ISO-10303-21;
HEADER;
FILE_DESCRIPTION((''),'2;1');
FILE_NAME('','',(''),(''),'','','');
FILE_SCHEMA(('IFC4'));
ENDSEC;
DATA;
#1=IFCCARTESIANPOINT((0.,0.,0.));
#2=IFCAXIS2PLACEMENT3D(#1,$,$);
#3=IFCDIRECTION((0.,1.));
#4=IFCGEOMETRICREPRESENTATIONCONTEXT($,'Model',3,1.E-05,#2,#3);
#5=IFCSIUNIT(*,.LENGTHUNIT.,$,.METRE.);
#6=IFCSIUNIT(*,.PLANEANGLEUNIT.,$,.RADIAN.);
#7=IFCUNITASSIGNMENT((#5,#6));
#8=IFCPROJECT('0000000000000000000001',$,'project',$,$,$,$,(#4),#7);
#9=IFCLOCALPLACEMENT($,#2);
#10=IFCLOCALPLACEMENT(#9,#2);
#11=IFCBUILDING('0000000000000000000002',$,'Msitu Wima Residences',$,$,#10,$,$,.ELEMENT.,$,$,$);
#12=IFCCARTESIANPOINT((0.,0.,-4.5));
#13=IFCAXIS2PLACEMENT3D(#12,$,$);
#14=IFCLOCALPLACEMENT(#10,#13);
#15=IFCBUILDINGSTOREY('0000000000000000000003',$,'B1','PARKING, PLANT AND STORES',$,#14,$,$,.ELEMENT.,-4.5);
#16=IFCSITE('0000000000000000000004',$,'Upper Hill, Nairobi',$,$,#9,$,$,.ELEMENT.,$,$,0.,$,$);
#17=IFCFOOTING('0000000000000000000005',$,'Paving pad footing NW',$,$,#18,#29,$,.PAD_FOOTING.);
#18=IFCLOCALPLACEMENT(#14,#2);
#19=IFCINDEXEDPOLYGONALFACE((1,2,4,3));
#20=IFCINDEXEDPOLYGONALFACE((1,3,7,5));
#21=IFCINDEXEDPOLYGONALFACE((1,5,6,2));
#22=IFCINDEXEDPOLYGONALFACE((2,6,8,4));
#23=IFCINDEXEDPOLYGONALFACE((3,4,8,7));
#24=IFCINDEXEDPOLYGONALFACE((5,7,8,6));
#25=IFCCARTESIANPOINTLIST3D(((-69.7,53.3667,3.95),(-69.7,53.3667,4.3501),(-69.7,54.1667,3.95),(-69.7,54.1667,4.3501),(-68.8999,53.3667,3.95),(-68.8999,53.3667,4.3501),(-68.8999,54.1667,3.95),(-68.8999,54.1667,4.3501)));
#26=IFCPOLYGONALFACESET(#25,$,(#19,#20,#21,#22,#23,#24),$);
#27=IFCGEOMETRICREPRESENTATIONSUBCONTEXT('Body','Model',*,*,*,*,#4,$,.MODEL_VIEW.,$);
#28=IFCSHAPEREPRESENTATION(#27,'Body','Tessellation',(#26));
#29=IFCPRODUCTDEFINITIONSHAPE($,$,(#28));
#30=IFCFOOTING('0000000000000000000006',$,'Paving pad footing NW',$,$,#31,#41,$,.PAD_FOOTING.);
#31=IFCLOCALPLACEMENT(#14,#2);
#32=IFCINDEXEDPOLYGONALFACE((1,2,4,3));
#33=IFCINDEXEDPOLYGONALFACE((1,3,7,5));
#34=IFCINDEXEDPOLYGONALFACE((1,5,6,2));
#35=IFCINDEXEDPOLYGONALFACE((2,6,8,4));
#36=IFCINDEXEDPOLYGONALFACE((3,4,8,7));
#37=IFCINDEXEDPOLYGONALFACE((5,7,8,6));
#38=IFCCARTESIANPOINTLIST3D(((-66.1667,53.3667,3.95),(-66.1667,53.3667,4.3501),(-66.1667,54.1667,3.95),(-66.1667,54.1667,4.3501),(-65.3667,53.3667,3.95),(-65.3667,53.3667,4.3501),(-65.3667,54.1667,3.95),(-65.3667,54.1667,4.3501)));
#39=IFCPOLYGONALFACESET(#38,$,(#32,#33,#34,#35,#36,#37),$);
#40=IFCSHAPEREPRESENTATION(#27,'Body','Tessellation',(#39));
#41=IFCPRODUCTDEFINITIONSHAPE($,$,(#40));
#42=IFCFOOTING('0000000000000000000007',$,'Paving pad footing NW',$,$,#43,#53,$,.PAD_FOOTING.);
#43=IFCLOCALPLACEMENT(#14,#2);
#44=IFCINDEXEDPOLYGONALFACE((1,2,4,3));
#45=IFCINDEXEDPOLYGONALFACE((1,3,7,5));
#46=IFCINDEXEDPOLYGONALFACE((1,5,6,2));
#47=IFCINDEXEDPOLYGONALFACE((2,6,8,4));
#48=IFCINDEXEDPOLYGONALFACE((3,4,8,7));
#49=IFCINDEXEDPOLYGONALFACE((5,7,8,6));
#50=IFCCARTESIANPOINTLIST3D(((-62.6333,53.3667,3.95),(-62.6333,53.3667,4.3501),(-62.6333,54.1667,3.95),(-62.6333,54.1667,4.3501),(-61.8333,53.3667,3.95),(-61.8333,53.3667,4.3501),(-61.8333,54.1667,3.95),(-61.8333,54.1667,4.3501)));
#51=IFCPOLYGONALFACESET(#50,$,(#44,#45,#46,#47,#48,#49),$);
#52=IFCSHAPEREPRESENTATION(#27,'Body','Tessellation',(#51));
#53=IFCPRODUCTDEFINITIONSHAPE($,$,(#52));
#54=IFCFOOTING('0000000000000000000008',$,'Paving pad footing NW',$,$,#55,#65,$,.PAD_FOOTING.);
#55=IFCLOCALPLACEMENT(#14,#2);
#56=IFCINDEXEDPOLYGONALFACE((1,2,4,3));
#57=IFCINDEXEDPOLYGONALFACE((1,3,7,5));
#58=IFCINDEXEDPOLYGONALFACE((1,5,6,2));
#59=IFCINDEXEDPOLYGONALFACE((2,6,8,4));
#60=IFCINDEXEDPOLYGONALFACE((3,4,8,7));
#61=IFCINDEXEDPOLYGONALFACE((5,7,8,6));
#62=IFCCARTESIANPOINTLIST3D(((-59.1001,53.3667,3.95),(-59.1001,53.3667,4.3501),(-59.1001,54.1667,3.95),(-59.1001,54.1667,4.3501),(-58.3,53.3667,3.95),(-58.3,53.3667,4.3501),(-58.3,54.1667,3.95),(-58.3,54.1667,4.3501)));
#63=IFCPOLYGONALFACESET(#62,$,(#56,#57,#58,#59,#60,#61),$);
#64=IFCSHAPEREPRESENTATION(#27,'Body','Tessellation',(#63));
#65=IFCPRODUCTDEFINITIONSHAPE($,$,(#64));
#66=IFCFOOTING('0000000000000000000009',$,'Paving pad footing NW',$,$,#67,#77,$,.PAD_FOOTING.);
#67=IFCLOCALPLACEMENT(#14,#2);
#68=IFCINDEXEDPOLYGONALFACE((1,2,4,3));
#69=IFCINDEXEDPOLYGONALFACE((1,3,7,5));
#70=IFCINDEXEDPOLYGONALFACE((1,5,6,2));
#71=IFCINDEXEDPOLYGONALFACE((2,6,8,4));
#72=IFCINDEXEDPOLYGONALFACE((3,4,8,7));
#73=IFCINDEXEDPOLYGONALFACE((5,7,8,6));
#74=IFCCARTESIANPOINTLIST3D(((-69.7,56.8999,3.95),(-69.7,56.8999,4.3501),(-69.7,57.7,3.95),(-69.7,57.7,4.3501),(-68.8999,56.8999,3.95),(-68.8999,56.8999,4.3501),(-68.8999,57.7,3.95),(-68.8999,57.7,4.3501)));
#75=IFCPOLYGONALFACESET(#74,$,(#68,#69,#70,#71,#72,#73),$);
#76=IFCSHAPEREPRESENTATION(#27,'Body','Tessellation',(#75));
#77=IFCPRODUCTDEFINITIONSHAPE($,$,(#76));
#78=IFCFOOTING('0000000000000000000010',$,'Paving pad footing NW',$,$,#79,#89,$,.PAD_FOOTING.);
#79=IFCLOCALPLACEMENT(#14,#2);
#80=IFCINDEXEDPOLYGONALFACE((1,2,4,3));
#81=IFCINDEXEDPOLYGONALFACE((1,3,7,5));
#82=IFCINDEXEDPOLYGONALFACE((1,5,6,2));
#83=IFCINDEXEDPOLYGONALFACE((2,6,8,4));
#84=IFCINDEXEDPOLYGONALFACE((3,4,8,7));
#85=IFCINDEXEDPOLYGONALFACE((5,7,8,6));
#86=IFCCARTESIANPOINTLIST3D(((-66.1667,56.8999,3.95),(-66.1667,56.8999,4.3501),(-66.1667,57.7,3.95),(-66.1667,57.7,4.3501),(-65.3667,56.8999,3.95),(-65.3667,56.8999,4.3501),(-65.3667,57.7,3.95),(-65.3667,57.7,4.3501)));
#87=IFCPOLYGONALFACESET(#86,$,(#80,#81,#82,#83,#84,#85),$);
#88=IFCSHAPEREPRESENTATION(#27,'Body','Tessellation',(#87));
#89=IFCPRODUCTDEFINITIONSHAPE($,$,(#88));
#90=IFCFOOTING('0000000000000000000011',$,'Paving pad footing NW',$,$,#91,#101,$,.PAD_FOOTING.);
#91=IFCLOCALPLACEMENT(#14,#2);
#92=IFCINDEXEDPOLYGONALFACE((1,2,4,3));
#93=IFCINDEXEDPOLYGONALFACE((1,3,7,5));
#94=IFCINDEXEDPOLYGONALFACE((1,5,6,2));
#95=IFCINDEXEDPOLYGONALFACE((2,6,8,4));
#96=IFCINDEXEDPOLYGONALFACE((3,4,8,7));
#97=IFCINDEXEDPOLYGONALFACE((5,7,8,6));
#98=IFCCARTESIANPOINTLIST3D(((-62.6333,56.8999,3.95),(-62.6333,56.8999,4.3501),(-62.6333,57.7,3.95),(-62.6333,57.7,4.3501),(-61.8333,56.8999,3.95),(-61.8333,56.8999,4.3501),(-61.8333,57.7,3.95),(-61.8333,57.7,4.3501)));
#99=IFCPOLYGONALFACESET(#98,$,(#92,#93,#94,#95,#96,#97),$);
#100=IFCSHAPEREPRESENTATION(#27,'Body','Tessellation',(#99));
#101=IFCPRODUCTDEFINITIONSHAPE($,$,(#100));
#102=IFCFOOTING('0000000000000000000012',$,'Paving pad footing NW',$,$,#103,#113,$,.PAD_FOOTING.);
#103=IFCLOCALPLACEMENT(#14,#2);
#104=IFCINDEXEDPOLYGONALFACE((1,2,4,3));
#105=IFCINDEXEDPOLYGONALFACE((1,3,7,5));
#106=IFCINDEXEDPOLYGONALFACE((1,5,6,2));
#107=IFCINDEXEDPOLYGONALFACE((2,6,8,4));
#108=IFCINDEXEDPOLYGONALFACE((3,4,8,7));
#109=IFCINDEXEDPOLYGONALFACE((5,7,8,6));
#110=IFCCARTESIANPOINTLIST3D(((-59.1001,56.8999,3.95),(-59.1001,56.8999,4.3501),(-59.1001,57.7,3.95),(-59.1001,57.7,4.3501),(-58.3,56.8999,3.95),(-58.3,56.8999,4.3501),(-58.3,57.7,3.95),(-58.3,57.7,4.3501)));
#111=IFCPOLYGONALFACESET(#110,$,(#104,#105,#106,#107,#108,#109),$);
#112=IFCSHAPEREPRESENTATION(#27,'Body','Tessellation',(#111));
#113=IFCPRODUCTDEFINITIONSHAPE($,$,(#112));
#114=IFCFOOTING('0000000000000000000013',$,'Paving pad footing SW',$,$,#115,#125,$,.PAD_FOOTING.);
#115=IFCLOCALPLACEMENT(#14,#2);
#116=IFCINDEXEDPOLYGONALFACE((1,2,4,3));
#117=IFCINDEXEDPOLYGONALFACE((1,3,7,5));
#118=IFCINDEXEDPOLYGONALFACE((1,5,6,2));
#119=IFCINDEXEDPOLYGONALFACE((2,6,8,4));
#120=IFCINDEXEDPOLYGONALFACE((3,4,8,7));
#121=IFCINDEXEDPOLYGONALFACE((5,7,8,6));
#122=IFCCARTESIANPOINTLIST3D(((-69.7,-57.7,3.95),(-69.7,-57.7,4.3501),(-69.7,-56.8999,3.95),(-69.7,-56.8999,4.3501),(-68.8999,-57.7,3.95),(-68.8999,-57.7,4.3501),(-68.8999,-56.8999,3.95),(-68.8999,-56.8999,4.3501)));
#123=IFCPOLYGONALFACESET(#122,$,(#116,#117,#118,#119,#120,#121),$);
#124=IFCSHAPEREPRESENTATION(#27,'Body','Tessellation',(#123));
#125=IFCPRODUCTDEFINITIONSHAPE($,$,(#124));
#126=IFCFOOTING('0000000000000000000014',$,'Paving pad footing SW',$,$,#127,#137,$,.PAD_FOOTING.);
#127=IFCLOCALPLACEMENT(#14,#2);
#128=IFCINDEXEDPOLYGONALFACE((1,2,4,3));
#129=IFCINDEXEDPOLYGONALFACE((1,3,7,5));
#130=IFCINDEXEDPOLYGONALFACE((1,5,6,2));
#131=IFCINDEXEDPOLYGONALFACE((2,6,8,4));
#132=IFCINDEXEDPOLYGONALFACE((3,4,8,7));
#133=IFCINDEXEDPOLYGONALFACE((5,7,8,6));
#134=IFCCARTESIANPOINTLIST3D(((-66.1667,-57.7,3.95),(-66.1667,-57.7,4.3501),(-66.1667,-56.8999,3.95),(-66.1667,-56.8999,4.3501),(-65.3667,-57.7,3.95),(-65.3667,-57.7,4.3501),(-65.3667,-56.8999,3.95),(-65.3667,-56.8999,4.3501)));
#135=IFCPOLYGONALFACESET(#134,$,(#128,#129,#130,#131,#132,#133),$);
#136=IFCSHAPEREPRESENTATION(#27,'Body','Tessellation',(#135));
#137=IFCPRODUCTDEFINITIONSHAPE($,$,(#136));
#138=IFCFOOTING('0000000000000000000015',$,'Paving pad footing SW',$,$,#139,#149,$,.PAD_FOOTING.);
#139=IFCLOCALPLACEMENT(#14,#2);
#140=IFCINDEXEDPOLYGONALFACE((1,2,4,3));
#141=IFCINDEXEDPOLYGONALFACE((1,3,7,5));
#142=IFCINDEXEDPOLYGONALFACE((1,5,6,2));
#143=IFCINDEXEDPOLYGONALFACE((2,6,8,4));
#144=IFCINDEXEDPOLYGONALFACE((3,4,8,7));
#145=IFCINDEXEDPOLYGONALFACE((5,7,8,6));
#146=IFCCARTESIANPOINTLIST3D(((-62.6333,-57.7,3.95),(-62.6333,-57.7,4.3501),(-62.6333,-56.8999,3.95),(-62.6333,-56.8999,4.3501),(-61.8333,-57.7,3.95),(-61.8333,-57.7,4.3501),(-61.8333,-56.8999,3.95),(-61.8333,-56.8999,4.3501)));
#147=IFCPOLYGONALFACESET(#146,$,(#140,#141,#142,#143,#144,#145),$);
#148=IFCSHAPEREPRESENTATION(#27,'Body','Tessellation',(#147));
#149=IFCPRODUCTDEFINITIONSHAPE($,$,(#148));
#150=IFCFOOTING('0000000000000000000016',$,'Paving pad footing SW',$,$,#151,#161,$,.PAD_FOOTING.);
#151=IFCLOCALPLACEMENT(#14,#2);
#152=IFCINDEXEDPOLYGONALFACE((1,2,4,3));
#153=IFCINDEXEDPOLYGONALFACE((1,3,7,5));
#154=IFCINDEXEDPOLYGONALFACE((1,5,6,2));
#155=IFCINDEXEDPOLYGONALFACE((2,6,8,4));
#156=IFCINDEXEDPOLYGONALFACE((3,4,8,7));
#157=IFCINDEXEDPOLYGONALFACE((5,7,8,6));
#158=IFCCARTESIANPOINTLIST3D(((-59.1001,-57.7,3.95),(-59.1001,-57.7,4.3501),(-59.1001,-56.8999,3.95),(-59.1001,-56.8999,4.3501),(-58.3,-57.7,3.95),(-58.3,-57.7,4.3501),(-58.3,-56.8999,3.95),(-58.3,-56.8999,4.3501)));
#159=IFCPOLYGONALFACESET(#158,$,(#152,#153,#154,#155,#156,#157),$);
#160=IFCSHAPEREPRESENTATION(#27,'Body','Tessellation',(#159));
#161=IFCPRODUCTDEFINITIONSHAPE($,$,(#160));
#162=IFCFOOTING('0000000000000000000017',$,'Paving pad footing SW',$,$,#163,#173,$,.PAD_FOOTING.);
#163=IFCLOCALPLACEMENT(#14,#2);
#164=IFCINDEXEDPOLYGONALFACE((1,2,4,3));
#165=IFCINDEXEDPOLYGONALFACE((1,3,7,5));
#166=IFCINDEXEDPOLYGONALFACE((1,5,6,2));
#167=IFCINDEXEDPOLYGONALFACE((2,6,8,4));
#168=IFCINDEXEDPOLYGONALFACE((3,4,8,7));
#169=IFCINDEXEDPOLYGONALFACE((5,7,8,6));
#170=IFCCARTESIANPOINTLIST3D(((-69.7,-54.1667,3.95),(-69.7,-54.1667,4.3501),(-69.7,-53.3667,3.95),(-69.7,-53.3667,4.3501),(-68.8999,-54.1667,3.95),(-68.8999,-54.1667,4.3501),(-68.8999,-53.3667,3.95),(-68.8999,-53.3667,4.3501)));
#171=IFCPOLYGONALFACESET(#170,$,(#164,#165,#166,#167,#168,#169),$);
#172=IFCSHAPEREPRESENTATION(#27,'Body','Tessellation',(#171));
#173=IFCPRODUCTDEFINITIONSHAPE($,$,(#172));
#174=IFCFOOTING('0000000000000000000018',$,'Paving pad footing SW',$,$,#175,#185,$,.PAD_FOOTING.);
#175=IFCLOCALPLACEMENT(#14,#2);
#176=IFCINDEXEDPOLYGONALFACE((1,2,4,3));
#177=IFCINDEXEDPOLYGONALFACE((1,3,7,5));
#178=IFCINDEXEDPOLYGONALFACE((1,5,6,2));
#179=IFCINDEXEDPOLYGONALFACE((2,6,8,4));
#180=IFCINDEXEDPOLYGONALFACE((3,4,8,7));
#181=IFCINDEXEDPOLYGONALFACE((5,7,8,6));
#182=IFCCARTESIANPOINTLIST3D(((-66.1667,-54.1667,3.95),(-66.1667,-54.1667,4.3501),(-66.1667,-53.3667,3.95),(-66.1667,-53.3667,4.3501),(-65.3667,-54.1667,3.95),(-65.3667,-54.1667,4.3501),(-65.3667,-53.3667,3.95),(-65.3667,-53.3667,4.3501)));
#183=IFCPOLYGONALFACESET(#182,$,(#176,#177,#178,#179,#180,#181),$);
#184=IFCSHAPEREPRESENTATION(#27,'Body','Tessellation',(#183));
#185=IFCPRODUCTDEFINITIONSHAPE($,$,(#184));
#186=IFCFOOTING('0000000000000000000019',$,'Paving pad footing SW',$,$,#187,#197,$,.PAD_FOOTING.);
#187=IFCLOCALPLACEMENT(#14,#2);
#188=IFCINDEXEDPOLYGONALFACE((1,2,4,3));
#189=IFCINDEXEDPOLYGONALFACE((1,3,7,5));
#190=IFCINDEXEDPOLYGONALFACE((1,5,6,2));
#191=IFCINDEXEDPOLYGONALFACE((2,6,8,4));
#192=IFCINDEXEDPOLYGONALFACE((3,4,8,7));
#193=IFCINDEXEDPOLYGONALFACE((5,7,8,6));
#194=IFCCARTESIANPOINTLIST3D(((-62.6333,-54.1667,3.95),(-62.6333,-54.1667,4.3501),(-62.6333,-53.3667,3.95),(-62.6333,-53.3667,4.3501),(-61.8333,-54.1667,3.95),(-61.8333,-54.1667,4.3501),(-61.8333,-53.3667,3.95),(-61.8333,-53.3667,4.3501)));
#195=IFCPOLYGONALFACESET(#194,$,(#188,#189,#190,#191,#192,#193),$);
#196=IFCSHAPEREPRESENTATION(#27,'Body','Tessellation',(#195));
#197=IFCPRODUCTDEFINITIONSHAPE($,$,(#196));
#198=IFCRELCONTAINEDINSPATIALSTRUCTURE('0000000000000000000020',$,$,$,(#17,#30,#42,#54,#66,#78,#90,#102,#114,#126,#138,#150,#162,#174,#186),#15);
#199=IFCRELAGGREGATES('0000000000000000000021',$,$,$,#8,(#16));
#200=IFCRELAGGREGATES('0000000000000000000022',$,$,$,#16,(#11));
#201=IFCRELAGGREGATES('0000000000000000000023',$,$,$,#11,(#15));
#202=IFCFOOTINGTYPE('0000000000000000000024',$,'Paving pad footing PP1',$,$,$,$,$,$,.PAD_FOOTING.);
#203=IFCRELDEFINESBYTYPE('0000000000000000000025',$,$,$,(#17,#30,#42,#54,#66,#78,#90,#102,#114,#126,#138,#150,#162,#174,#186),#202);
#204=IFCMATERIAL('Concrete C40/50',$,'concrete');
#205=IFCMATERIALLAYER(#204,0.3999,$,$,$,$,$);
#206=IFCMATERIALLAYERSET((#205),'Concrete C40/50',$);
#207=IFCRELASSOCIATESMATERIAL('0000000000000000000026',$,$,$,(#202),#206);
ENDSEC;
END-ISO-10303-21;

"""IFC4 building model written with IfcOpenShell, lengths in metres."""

from ifc_helpers import new_model, si_unit, direction, frame, origin, place, context, subcontext, project, spatial, polyline, outline, extrude, material, layer, layer_set, type_object, element, save


model = new_model("IFC4")

# Units and contexts
model_context = context("Model", 3, precision=1e-05, world=origin(), true_north=direction((0.0, 1.0)))
body_context = subcontext(model_context, "Body", "Model", "MODEL_VIEW")
ifc_project = project(units=[si_unit("LENGTHUNIT", "METRE"), si_unit("PLANEANGLEUNIT", "RADIAN")], contexts=[model_context])

# Site, building, storey
site_placement = place(None, origin())
site = spatial("IfcSite", under=ifc_project, at=site_placement, Name="Upper Hill, Nairobi", CompositionType="ELEMENT", RefElevation=0.0)
building_placement = place(site_placement, origin())
building = spatial("IfcBuilding", under=site, at=building_placement, Name="Msitu Wima Residences", CompositionType="ELEMENT")
storey_placement = place(building_placement, frame((0.0, 0.0, -4.5)))
storey = spatial("IfcBuildingStorey", under=building, at=storey_placement, Name="B1", Description="PARKING, PLANT AND STORES", CompositionType="ELEMENT", Elevation=-4.5)

# Footings
ifc_material = material(Name="Concrete C40/50", Category="concrete")
ifc_layer = layer(ifc_material, 0.3999)
ifc_layer_set = layer_set([ifc_layer], Name="Concrete C40/50")
footing_type = type_object("IfcFootingType", Name="Paving pad footing PP1", PredefinedType="PAD_FOOTING", material=ifc_layer_set)
footing_1_placement = place(storey_placement, frame((0.0, 0.0, 3.95)))
element("IfcFooting", 1, at=footing_1_placement, inside=storey, type_object=footing_type, Name="Paving pad footing NW", PredefinedType="PAD_FOOTING", context=body_context, shape_type="SweptSolid", body=[
    extrude(outline(polyline([(-68.8999, 53.3667), (-68.8999, 54.1667), (-69.7, 54.1667), (-69.7, 53.3667), (-68.8999, 53.3667)])), origin(), (0.0, 0.0, 1.0), 0.4001),
])
footing_2_placement = place(storey_placement, frame((0.0, 0.0, 3.95)))
element("IfcFooting", 2, at=footing_2_placement, inside=storey, type_object=footing_type, Name="Paving pad footing NW", PredefinedType="PAD_FOOTING", context=body_context, shape_type="SweptSolid", body=[
    extrude(outline(polyline([(-65.3667, 53.3667), (-65.3667, 54.1667), (-66.1667, 54.1667), (-66.1667, 53.3667), (-65.3667, 53.3667)])), origin(), (0.0, 0.0, 1.0), 0.4001),
])
footing_3_placement = place(storey_placement, frame((0.0, 0.0, 3.95)))
element("IfcFooting", 3, at=footing_3_placement, inside=storey, type_object=footing_type, Name="Paving pad footing NW", PredefinedType="PAD_FOOTING", context=body_context, shape_type="SweptSolid", body=[
    extrude(outline(polyline([(-61.8333, 53.3667), (-61.8333, 54.1667), (-62.6333, 54.1667), (-62.6333, 53.3667), (-61.8333, 53.3667)])), origin(), (0.0, 0.0, 1.0), 0.4001),
])
footing_4_placement = place(storey_placement, frame((0.0, 0.0, 3.95)))
element("IfcFooting", 4, at=footing_4_placement, inside=storey, type_object=footing_type, Name="Paving pad footing NW", PredefinedType="PAD_FOOTING", context=body_context, shape_type="SweptSolid", body=[
    extrude(outline(polyline([(-58.3, 53.3667), (-58.3, 54.1667), (-59.1001, 54.1667), (-59.1001, 53.3667), (-58.3, 53.3667)])), origin(), (0.0, 0.0, 1.0), 0.4001),
])
footing_5_placement = place(storey_placement, frame((0.0, 0.0, 3.95)))
element("IfcFooting", 5, at=footing_5_placement, inside=storey, type_object=footing_type, Name="Paving pad footing NW", PredefinedType="PAD_FOOTING", context=body_context, shape_type="SweptSolid", body=[
    extrude(outline(polyline([(-68.8999, 56.8999), (-68.8999, 57.7), (-69.7, 57.7), (-69.7, 56.8999), (-68.8999, 56.8999)])), origin(), (0.0, 0.0, 1.0), 0.4001),
])
footing_6_placement = place(storey_placement, frame((0.0, 0.0, 3.95)))
element("IfcFooting", 6, at=footing_6_placement, inside=storey, type_object=footing_type, Name="Paving pad footing NW", PredefinedType="PAD_FOOTING", context=body_context, shape_type="SweptSolid", body=[
    extrude(outline(polyline([(-65.3667, 56.8999), (-65.3667, 57.7), (-66.1667, 57.7), (-66.1667, 56.8999), (-65.3667, 56.8999)])), origin(), (0.0, 0.0, 1.0), 0.4001),
])
footing_7_placement = place(storey_placement, frame((0.0, 0.0, 3.95)))
element("IfcFooting", 7, at=footing_7_placement, inside=storey, type_object=footing_type, Name="Paving pad footing NW", PredefinedType="PAD_FOOTING", context=body_context, shape_type="SweptSolid", body=[
    extrude(outline(polyline([(-61.8333, 56.8999), (-61.8333, 57.7), (-62.6333, 57.7), (-62.6333, 56.8999), (-61.8333, 56.8999)])), origin(), (0.0, 0.0, 1.0), 0.4001),
])
footing_8_placement = place(storey_placement, frame((0.0, 0.0, 3.95)))
element("IfcFooting", 8, at=footing_8_placement, inside=storey, type_object=footing_type, Name="Paving pad footing NW", PredefinedType="PAD_FOOTING", context=body_context, shape_type="SweptSolid", body=[
    extrude(outline(polyline([(-58.3, 56.8999), (-58.3, 57.7), (-59.1001, 57.7), (-59.1001, 56.8999), (-58.3, 56.8999)])), origin(), (0.0, 0.0, 1.0), 0.4001),
])
footing_9_placement = place(storey_placement, frame((0.0, 0.0, 3.95)))
element("IfcFooting", 9, at=footing_9_placement, inside=storey, type_object=footing_type, Name="Paving pad footing SW", PredefinedType="PAD_FOOTING", context=body_context, shape_type="SweptSolid", body=[
    extrude(outline(polyline([(-68.8999, -57.7), (-68.8999, -56.8999), (-69.7, -56.8999), (-69.7, -57.7), (-68.8999, -57.7)])), origin(), (0.0, 0.0, 1.0), 0.4001),
])
footing_10_placement = place(storey_placement, frame((0.0, 0.0, 3.95)))
element("IfcFooting", 10, at=footing_10_placement, inside=storey, type_object=footing_type, Name="Paving pad footing SW", PredefinedType="PAD_FOOTING", context=body_context, shape_type="SweptSolid", body=[
    extrude(outline(polyline([(-65.3667, -57.7), (-65.3667, -56.8999), (-66.1667, -56.8999), (-66.1667, -57.7), (-65.3667, -57.7)])), origin(), (0.0, 0.0, 1.0), 0.4001),
])
footing_11_placement = place(storey_placement, frame((0.0, 0.0, 3.95)))
element("IfcFooting", 11, at=footing_11_placement, inside=storey, type_object=footing_type, Name="Paving pad footing SW", PredefinedType="PAD_FOOTING", context=body_context, shape_type="SweptSolid", body=[
    extrude(outline(polyline([(-61.8333, -57.7), (-61.8333, -56.8999), (-62.6333, -56.8999), (-62.6333, -57.7), (-61.8333, -57.7)])), origin(), (0.0, 0.0, 1.0), 0.4001),
])
footing_12_placement = place(storey_placement, frame((0.0, 0.0, 3.95)))
element("IfcFooting", 12, at=footing_12_placement, inside=storey, type_object=footing_type, Name="Paving pad footing SW", PredefinedType="PAD_FOOTING", context=body_context, shape_type="SweptSolid", body=[
    extrude(outline(polyline([(-58.3, -57.7), (-58.3, -56.8999), (-59.1001, -56.8999), (-59.1001, -57.7), (-58.3, -57.7)])), origin(), (0.0, 0.0, 1.0), 0.4001),
])
footing_13_placement = place(storey_placement, frame((0.0, 0.0, 3.95)))
element("IfcFooting", 13, at=footing_13_placement, inside=storey, type_object=footing_type, Name="Paving pad footing SW", PredefinedType="PAD_FOOTING", context=body_context, shape_type="SweptSolid", body=[
    extrude(outline(polyline([(-68.8999, -54.1667), (-68.8999, -53.3667), (-69.7, -53.3667), (-69.7, -54.1667), (-68.8999, -54.1667)])), origin(), (0.0, 0.0, 1.0), 0.4001),
])
footing_14_placement = place(storey_placement, frame((0.0, 0.0, 3.95)))
element("IfcFooting", 14, at=footing_14_placement, inside=storey, type_object=footing_type, Name="Paving pad footing SW", PredefinedType="PAD_FOOTING", context=body_context, shape_type="SweptSolid", body=[
    extrude(outline(polyline([(-65.3667, -54.1667), (-65.3667, -53.3667), (-66.1667, -53.3667), (-66.1667, -54.1667), (-65.3667, -54.1667)])), origin(), (0.0, 0.0, 1.0), 0.4001),
])
footing_15_placement = place(storey_placement, frame((0.0, 0.0, 3.95)))
element("IfcFooting", 15, at=footing_15_placement, inside=storey, type_object=footing_type, Name="Paving pad footing SW", PredefinedType="PAD_FOOTING", context=body_context, shape_type="SweptSolid", body=[
    extrude(outline(polyline([(-61.8333, -54.1667), (-61.8333, -53.3667), (-62.6333, -53.3667), (-62.6333, -54.1667), (-61.8333, -54.1667)])), origin(), (0.0, 0.0, 1.0), 0.4001),
])

save(model, "model.ifc")
